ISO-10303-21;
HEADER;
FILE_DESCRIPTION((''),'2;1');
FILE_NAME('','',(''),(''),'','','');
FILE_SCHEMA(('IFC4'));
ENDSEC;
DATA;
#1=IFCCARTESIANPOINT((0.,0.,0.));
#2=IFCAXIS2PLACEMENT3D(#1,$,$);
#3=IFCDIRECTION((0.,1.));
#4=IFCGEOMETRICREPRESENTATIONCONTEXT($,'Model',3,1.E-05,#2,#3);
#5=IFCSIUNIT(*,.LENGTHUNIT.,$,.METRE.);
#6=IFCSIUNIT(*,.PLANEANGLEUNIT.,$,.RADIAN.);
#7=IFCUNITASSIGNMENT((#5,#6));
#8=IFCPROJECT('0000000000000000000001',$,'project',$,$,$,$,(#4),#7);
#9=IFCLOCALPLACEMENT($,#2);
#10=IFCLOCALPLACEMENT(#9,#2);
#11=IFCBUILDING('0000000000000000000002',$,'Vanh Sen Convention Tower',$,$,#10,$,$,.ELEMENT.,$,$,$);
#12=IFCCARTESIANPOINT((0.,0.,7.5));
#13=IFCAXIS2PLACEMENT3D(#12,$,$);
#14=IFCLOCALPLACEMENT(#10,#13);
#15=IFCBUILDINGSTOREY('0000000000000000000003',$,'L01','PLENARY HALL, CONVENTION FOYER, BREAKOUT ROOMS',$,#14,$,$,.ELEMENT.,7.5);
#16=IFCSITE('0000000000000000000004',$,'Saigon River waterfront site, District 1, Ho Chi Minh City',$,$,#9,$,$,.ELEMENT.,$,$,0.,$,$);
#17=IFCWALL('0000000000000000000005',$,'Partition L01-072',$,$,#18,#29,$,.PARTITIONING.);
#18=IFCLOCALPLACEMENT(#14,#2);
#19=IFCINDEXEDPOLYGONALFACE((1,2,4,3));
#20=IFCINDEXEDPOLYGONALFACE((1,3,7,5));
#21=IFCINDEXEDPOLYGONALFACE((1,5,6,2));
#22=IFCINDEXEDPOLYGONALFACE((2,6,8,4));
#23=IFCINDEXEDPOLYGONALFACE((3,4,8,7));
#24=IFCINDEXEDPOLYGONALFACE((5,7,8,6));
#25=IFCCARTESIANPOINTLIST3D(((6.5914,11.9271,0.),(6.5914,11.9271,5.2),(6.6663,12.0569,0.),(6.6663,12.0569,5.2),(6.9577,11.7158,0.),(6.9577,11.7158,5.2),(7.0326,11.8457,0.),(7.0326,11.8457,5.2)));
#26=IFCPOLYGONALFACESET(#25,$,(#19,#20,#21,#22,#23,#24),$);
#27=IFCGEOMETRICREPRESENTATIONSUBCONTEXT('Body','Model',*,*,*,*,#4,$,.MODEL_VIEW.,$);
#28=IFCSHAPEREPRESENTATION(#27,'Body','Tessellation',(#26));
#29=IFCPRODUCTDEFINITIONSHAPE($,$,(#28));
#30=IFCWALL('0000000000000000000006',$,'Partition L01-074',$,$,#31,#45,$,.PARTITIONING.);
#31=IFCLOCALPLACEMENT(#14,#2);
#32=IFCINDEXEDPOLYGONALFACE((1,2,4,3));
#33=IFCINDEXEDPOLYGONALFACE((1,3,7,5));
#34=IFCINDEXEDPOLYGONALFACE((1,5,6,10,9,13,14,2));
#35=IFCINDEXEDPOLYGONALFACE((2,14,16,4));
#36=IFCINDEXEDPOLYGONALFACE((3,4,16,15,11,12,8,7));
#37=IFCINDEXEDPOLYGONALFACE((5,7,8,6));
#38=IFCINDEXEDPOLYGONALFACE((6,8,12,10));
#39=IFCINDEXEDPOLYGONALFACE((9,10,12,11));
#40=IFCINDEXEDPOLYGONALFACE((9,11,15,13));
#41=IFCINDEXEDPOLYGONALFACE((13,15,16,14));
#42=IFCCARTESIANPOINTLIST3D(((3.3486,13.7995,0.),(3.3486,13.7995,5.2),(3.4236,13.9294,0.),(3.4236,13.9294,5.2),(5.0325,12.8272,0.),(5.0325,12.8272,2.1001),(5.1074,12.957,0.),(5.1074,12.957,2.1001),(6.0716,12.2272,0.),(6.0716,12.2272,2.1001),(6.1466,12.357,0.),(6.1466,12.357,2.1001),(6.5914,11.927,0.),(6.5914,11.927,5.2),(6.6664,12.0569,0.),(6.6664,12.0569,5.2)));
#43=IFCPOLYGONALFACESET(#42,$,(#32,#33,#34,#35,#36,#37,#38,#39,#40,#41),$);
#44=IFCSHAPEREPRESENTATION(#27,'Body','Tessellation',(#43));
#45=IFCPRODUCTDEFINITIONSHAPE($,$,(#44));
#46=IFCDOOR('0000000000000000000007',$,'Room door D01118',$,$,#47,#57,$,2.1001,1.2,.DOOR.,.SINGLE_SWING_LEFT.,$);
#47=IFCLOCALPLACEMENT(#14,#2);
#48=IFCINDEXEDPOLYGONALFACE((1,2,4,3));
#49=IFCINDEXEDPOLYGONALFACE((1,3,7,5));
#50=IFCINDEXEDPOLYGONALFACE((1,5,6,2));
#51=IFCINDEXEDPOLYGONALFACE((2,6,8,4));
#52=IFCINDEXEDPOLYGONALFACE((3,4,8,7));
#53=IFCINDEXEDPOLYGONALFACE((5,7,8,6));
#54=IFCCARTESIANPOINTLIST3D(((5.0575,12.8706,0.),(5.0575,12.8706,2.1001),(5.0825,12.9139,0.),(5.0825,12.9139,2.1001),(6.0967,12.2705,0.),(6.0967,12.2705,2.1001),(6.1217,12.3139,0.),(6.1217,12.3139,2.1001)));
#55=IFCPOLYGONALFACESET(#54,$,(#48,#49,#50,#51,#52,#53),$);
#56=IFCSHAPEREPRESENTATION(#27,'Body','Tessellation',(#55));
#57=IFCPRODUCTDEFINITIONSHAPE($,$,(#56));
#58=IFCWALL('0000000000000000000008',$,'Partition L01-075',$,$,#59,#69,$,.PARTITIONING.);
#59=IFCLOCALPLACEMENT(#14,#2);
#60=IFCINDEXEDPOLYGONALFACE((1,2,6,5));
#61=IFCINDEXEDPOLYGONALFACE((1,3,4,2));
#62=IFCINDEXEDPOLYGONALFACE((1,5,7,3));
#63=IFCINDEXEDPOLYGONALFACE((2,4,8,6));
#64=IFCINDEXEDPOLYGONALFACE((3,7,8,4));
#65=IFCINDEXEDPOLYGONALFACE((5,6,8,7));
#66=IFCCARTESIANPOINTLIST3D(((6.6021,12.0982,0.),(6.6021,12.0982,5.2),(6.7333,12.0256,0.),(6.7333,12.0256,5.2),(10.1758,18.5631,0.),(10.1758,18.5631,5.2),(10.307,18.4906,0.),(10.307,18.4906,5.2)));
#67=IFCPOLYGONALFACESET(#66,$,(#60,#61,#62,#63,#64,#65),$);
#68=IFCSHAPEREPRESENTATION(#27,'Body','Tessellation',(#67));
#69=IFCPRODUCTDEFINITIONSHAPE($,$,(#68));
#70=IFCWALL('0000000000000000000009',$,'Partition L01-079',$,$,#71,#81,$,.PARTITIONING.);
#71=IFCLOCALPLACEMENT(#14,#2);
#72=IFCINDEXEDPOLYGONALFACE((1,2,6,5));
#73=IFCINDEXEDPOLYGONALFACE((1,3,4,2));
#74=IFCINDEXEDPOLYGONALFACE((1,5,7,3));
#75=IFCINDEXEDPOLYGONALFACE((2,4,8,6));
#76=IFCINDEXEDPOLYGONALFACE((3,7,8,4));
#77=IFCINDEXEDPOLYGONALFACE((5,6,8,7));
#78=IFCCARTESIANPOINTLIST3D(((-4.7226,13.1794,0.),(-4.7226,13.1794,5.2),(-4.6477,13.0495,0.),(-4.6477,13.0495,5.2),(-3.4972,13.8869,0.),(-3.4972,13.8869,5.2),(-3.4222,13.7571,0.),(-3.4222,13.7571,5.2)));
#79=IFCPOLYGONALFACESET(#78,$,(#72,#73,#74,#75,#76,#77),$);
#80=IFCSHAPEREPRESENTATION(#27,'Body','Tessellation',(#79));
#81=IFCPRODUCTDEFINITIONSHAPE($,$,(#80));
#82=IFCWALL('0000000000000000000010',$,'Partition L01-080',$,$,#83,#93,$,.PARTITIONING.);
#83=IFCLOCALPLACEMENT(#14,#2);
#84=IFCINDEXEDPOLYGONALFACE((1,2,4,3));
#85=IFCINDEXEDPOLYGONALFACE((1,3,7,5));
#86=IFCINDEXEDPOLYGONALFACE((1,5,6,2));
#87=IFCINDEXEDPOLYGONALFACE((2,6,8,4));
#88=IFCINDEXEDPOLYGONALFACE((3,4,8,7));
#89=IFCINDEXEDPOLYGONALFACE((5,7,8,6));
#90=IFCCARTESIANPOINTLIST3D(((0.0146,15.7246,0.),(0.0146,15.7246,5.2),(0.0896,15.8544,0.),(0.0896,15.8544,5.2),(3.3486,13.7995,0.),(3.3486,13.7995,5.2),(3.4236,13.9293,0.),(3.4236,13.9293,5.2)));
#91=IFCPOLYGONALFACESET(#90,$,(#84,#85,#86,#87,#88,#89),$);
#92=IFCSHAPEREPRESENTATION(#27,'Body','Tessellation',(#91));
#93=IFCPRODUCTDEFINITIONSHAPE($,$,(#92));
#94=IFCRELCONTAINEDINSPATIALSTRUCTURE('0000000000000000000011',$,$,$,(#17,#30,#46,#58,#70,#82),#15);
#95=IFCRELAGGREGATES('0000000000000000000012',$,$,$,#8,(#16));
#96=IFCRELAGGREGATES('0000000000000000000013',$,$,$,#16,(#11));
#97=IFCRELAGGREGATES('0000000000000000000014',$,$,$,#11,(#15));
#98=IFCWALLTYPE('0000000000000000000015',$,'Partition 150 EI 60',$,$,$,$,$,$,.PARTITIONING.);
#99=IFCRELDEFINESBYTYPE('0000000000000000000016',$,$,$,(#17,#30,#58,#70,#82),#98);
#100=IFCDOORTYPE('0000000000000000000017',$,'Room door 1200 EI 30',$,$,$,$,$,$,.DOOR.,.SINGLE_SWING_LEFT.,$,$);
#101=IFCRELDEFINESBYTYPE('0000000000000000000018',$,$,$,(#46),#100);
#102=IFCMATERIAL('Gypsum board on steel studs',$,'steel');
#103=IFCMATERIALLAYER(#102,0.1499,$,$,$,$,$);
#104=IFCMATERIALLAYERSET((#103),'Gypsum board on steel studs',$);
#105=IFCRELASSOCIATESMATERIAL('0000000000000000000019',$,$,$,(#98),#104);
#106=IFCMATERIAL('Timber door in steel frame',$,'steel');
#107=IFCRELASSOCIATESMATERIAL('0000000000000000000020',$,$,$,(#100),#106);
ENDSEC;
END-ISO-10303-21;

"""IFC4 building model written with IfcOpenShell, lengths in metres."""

from ifc_helpers import new_model, si_unit, direction, frame, frame_2d, origin, place, context, subcontext, project, spatial, rectangle, extrude, material, layer, layer_set, type_object, element, fill, save


model = new_model("IFC4")

# Units and contexts
model_context = context("Model", 3, precision=1e-05, world=origin(), true_north=direction((0.0, 1.0)))
body_context = subcontext(model_context, "Body", "Model", "MODEL_VIEW")
ifc_project = project(units=[si_unit("LENGTHUNIT", "METRE"), si_unit("PLANEANGLEUNIT", "RADIAN")], contexts=[model_context])

# Site, building, storey
site_placement = place(None, origin())
site = spatial("IfcSite", under=ifc_project, at=site_placement, Name="Saigon River waterfront site, District 1, Ho Chi Minh City", CompositionType="ELEMENT", RefElevation=0.0)
building_placement = place(site_placement, origin())
building = spatial("IfcBuilding", under=site, at=building_placement, Name="Vanh Sen Convention Tower", CompositionType="ELEMENT")
storey_placement = place(building_placement, frame((0.0, 0.0, 7.5)))
storey = spatial("IfcBuildingStorey", under=building, at=storey_placement, Name="L01", Description="PLENARY HALL, CONVENTION FOYER, BREAKOUT ROOMS", CompositionType="ELEMENT", Elevation=7.5)

# Shared definitions
ifc_material_1 = material(Name="Gypsum board on steel studs", Category="steel")
ifc_layer_1 = layer(ifc_material_1, 0.1499)
ifc_layer_set_1 = layer_set([ifc_layer_1], Name="Gypsum board on steel studs")
wall_type_1 = type_object("IfcWallType", Name="Partition 150 EI 60", PredefinedType="PARTITIONING", material=ifc_layer_set_1)

# Shared definitions
ifc_material_2 = material(Name="Timber door in steel frame", Category="steel")

# Wall
wall_1_placement = place(storey_placement, frame((6.9951, 11.7808, 0.0), z_axis=(0.0, 0.0, 1.0), x_axis=(-0.866282, 0.499556, 0.0)))
element("IfcWall", 1, at=wall_1_placement, inside=storey, type_object=wall_type_1, Name="Partition L01-072", PredefinedType="PARTITIONING", context=body_context, shape_type="SweptSolid", body=[
    extrude(rectangle(XDim=0.4229, YDim=0.1499, at=frame_2d((0.2114, 0.0))), origin(), (0.0, 0.0, 1.0), 5.2),
])

# Wall, opening, door
wall_2_placement = place(storey_placement, frame((6.6289, 11.9919, 0.0), z_axis=(0.0, 0.0, 1.0), x_axis=(-0.865996, 0.500052, 0.0)))
wall_2 = element("IfcWall", 2, at=wall_2_placement, inside=storey, type_object=wall_type_1, Name="Partition L01-074", PredefinedType="PARTITIONING", context=body_context, shape_type="SweptSolid", body=[
    extrude(rectangle(XDim=3.7446, YDim=0.1499, at=frame_2d((1.8723, 0.0))), origin(), (0.0, 0.0, 1.0), 5.2),
])
opening_1_placement = place(wall_2_placement, frame((0.6001, 0.0, 0.0)))
opening_1 = element("IfcOpeningElement", 3, at=opening_1_placement, cuts=wall_2, PredefinedType="OPENING", context=body_context, shape_type="SweptSolid", body=[
    extrude(rectangle(XDim=1.2, YDim=2.1001, at=frame_2d((0.6001, 1.05))), frame((0.0, 0.085, 0.0), z_axis=(0.0, -1.0, 0.0), x_axis=(1.0, 0.0, 0.0)), (0.0, 0.0, 1.0), 0.1699),
])
door_type_1 = type_object("IfcDoorType", Name="Room door 1200 EI 30", OperationType="SINGLE_SWING_LEFT", PredefinedType="DOOR", material=ifc_material_2)
door_1_placement = place(opening_1_placement, origin())
door_1 = element("IfcDoor", 4, at=door_1_placement, inside=storey, type_object=door_type_1, Name="Room door D01118", OperationType="SINGLE_SWING_LEFT", OverallHeight=2.1001, OverallWidth=1.2, PredefinedType="DOOR", context=body_context, shape_type="SweptSolid", body=[
    extrude(rectangle(XDim=1.2, YDim=2.1001, at=frame_2d((0.6001, 1.05))), frame((0.0, 0.0249, 0.0), z_axis=(0.0, -1.0, 0.0), x_axis=(1.0, 0.0, 0.0)), (0.0, 0.0, 1.0), 0.05),
])
fill(opening_1, door_1)

# Walls
wall_3_placement = place(storey_placement, frame((6.6677, 12.062, 0.0), z_axis=(0.0, 0.0, 1.0), x_axis=(0.483795, 0.875181, 0.0)))
element("IfcWall", 5, at=wall_3_placement, inside=storey, type_object=wall_type_1, Name="Partition L01-075", PredefinedType="PARTITIONING", context=body_context, shape_type="SweptSolid", body=[
    extrude(rectangle(XDim=7.387, YDim=0.1499, at=frame_2d((3.6934, 0.0))), origin(), (0.0, 0.0, 1.0), 5.2),
])
wall_4_placement = place(storey_placement, frame((-3.4597, 13.822, 0.0), z_axis=(0.0, 0.0, 1.0), x_axis=(-0.866005, -0.500036, 0.0)))
element("IfcWall", 6, at=wall_4_placement, inside=storey, type_object=wall_type_1, Name="Partition L01-079", PredefinedType="PARTITIONING", context=body_context, shape_type="SweptSolid", body=[
    extrude(rectangle(XDim=1.415, YDim=0.1499, at=frame_2d((0.7075, 0.0))), origin(), (0.0, 0.0, 1.0), 5.2),
])
wall_5_placement = place(storey_placement, frame((3.386, 13.8645, 0.0), z_axis=(0.0, 0.0, 1.0), x_axis=(-0.866006, 0.500034, 0.0)))
element("IfcWall", 7, at=wall_5_placement, inside=storey, type_object=wall_type_1, Name="Partition L01-080", PredefinedType="PARTITIONING", context=body_context, shape_type="SweptSolid", body=[
    extrude(rectangle(XDim=3.8499, YDim=0.1499, at=frame_2d((1.9248, 0.0))), origin(), (0.0, 0.0, 1.0), 5.2),
])

save(model, "model.ifc")
